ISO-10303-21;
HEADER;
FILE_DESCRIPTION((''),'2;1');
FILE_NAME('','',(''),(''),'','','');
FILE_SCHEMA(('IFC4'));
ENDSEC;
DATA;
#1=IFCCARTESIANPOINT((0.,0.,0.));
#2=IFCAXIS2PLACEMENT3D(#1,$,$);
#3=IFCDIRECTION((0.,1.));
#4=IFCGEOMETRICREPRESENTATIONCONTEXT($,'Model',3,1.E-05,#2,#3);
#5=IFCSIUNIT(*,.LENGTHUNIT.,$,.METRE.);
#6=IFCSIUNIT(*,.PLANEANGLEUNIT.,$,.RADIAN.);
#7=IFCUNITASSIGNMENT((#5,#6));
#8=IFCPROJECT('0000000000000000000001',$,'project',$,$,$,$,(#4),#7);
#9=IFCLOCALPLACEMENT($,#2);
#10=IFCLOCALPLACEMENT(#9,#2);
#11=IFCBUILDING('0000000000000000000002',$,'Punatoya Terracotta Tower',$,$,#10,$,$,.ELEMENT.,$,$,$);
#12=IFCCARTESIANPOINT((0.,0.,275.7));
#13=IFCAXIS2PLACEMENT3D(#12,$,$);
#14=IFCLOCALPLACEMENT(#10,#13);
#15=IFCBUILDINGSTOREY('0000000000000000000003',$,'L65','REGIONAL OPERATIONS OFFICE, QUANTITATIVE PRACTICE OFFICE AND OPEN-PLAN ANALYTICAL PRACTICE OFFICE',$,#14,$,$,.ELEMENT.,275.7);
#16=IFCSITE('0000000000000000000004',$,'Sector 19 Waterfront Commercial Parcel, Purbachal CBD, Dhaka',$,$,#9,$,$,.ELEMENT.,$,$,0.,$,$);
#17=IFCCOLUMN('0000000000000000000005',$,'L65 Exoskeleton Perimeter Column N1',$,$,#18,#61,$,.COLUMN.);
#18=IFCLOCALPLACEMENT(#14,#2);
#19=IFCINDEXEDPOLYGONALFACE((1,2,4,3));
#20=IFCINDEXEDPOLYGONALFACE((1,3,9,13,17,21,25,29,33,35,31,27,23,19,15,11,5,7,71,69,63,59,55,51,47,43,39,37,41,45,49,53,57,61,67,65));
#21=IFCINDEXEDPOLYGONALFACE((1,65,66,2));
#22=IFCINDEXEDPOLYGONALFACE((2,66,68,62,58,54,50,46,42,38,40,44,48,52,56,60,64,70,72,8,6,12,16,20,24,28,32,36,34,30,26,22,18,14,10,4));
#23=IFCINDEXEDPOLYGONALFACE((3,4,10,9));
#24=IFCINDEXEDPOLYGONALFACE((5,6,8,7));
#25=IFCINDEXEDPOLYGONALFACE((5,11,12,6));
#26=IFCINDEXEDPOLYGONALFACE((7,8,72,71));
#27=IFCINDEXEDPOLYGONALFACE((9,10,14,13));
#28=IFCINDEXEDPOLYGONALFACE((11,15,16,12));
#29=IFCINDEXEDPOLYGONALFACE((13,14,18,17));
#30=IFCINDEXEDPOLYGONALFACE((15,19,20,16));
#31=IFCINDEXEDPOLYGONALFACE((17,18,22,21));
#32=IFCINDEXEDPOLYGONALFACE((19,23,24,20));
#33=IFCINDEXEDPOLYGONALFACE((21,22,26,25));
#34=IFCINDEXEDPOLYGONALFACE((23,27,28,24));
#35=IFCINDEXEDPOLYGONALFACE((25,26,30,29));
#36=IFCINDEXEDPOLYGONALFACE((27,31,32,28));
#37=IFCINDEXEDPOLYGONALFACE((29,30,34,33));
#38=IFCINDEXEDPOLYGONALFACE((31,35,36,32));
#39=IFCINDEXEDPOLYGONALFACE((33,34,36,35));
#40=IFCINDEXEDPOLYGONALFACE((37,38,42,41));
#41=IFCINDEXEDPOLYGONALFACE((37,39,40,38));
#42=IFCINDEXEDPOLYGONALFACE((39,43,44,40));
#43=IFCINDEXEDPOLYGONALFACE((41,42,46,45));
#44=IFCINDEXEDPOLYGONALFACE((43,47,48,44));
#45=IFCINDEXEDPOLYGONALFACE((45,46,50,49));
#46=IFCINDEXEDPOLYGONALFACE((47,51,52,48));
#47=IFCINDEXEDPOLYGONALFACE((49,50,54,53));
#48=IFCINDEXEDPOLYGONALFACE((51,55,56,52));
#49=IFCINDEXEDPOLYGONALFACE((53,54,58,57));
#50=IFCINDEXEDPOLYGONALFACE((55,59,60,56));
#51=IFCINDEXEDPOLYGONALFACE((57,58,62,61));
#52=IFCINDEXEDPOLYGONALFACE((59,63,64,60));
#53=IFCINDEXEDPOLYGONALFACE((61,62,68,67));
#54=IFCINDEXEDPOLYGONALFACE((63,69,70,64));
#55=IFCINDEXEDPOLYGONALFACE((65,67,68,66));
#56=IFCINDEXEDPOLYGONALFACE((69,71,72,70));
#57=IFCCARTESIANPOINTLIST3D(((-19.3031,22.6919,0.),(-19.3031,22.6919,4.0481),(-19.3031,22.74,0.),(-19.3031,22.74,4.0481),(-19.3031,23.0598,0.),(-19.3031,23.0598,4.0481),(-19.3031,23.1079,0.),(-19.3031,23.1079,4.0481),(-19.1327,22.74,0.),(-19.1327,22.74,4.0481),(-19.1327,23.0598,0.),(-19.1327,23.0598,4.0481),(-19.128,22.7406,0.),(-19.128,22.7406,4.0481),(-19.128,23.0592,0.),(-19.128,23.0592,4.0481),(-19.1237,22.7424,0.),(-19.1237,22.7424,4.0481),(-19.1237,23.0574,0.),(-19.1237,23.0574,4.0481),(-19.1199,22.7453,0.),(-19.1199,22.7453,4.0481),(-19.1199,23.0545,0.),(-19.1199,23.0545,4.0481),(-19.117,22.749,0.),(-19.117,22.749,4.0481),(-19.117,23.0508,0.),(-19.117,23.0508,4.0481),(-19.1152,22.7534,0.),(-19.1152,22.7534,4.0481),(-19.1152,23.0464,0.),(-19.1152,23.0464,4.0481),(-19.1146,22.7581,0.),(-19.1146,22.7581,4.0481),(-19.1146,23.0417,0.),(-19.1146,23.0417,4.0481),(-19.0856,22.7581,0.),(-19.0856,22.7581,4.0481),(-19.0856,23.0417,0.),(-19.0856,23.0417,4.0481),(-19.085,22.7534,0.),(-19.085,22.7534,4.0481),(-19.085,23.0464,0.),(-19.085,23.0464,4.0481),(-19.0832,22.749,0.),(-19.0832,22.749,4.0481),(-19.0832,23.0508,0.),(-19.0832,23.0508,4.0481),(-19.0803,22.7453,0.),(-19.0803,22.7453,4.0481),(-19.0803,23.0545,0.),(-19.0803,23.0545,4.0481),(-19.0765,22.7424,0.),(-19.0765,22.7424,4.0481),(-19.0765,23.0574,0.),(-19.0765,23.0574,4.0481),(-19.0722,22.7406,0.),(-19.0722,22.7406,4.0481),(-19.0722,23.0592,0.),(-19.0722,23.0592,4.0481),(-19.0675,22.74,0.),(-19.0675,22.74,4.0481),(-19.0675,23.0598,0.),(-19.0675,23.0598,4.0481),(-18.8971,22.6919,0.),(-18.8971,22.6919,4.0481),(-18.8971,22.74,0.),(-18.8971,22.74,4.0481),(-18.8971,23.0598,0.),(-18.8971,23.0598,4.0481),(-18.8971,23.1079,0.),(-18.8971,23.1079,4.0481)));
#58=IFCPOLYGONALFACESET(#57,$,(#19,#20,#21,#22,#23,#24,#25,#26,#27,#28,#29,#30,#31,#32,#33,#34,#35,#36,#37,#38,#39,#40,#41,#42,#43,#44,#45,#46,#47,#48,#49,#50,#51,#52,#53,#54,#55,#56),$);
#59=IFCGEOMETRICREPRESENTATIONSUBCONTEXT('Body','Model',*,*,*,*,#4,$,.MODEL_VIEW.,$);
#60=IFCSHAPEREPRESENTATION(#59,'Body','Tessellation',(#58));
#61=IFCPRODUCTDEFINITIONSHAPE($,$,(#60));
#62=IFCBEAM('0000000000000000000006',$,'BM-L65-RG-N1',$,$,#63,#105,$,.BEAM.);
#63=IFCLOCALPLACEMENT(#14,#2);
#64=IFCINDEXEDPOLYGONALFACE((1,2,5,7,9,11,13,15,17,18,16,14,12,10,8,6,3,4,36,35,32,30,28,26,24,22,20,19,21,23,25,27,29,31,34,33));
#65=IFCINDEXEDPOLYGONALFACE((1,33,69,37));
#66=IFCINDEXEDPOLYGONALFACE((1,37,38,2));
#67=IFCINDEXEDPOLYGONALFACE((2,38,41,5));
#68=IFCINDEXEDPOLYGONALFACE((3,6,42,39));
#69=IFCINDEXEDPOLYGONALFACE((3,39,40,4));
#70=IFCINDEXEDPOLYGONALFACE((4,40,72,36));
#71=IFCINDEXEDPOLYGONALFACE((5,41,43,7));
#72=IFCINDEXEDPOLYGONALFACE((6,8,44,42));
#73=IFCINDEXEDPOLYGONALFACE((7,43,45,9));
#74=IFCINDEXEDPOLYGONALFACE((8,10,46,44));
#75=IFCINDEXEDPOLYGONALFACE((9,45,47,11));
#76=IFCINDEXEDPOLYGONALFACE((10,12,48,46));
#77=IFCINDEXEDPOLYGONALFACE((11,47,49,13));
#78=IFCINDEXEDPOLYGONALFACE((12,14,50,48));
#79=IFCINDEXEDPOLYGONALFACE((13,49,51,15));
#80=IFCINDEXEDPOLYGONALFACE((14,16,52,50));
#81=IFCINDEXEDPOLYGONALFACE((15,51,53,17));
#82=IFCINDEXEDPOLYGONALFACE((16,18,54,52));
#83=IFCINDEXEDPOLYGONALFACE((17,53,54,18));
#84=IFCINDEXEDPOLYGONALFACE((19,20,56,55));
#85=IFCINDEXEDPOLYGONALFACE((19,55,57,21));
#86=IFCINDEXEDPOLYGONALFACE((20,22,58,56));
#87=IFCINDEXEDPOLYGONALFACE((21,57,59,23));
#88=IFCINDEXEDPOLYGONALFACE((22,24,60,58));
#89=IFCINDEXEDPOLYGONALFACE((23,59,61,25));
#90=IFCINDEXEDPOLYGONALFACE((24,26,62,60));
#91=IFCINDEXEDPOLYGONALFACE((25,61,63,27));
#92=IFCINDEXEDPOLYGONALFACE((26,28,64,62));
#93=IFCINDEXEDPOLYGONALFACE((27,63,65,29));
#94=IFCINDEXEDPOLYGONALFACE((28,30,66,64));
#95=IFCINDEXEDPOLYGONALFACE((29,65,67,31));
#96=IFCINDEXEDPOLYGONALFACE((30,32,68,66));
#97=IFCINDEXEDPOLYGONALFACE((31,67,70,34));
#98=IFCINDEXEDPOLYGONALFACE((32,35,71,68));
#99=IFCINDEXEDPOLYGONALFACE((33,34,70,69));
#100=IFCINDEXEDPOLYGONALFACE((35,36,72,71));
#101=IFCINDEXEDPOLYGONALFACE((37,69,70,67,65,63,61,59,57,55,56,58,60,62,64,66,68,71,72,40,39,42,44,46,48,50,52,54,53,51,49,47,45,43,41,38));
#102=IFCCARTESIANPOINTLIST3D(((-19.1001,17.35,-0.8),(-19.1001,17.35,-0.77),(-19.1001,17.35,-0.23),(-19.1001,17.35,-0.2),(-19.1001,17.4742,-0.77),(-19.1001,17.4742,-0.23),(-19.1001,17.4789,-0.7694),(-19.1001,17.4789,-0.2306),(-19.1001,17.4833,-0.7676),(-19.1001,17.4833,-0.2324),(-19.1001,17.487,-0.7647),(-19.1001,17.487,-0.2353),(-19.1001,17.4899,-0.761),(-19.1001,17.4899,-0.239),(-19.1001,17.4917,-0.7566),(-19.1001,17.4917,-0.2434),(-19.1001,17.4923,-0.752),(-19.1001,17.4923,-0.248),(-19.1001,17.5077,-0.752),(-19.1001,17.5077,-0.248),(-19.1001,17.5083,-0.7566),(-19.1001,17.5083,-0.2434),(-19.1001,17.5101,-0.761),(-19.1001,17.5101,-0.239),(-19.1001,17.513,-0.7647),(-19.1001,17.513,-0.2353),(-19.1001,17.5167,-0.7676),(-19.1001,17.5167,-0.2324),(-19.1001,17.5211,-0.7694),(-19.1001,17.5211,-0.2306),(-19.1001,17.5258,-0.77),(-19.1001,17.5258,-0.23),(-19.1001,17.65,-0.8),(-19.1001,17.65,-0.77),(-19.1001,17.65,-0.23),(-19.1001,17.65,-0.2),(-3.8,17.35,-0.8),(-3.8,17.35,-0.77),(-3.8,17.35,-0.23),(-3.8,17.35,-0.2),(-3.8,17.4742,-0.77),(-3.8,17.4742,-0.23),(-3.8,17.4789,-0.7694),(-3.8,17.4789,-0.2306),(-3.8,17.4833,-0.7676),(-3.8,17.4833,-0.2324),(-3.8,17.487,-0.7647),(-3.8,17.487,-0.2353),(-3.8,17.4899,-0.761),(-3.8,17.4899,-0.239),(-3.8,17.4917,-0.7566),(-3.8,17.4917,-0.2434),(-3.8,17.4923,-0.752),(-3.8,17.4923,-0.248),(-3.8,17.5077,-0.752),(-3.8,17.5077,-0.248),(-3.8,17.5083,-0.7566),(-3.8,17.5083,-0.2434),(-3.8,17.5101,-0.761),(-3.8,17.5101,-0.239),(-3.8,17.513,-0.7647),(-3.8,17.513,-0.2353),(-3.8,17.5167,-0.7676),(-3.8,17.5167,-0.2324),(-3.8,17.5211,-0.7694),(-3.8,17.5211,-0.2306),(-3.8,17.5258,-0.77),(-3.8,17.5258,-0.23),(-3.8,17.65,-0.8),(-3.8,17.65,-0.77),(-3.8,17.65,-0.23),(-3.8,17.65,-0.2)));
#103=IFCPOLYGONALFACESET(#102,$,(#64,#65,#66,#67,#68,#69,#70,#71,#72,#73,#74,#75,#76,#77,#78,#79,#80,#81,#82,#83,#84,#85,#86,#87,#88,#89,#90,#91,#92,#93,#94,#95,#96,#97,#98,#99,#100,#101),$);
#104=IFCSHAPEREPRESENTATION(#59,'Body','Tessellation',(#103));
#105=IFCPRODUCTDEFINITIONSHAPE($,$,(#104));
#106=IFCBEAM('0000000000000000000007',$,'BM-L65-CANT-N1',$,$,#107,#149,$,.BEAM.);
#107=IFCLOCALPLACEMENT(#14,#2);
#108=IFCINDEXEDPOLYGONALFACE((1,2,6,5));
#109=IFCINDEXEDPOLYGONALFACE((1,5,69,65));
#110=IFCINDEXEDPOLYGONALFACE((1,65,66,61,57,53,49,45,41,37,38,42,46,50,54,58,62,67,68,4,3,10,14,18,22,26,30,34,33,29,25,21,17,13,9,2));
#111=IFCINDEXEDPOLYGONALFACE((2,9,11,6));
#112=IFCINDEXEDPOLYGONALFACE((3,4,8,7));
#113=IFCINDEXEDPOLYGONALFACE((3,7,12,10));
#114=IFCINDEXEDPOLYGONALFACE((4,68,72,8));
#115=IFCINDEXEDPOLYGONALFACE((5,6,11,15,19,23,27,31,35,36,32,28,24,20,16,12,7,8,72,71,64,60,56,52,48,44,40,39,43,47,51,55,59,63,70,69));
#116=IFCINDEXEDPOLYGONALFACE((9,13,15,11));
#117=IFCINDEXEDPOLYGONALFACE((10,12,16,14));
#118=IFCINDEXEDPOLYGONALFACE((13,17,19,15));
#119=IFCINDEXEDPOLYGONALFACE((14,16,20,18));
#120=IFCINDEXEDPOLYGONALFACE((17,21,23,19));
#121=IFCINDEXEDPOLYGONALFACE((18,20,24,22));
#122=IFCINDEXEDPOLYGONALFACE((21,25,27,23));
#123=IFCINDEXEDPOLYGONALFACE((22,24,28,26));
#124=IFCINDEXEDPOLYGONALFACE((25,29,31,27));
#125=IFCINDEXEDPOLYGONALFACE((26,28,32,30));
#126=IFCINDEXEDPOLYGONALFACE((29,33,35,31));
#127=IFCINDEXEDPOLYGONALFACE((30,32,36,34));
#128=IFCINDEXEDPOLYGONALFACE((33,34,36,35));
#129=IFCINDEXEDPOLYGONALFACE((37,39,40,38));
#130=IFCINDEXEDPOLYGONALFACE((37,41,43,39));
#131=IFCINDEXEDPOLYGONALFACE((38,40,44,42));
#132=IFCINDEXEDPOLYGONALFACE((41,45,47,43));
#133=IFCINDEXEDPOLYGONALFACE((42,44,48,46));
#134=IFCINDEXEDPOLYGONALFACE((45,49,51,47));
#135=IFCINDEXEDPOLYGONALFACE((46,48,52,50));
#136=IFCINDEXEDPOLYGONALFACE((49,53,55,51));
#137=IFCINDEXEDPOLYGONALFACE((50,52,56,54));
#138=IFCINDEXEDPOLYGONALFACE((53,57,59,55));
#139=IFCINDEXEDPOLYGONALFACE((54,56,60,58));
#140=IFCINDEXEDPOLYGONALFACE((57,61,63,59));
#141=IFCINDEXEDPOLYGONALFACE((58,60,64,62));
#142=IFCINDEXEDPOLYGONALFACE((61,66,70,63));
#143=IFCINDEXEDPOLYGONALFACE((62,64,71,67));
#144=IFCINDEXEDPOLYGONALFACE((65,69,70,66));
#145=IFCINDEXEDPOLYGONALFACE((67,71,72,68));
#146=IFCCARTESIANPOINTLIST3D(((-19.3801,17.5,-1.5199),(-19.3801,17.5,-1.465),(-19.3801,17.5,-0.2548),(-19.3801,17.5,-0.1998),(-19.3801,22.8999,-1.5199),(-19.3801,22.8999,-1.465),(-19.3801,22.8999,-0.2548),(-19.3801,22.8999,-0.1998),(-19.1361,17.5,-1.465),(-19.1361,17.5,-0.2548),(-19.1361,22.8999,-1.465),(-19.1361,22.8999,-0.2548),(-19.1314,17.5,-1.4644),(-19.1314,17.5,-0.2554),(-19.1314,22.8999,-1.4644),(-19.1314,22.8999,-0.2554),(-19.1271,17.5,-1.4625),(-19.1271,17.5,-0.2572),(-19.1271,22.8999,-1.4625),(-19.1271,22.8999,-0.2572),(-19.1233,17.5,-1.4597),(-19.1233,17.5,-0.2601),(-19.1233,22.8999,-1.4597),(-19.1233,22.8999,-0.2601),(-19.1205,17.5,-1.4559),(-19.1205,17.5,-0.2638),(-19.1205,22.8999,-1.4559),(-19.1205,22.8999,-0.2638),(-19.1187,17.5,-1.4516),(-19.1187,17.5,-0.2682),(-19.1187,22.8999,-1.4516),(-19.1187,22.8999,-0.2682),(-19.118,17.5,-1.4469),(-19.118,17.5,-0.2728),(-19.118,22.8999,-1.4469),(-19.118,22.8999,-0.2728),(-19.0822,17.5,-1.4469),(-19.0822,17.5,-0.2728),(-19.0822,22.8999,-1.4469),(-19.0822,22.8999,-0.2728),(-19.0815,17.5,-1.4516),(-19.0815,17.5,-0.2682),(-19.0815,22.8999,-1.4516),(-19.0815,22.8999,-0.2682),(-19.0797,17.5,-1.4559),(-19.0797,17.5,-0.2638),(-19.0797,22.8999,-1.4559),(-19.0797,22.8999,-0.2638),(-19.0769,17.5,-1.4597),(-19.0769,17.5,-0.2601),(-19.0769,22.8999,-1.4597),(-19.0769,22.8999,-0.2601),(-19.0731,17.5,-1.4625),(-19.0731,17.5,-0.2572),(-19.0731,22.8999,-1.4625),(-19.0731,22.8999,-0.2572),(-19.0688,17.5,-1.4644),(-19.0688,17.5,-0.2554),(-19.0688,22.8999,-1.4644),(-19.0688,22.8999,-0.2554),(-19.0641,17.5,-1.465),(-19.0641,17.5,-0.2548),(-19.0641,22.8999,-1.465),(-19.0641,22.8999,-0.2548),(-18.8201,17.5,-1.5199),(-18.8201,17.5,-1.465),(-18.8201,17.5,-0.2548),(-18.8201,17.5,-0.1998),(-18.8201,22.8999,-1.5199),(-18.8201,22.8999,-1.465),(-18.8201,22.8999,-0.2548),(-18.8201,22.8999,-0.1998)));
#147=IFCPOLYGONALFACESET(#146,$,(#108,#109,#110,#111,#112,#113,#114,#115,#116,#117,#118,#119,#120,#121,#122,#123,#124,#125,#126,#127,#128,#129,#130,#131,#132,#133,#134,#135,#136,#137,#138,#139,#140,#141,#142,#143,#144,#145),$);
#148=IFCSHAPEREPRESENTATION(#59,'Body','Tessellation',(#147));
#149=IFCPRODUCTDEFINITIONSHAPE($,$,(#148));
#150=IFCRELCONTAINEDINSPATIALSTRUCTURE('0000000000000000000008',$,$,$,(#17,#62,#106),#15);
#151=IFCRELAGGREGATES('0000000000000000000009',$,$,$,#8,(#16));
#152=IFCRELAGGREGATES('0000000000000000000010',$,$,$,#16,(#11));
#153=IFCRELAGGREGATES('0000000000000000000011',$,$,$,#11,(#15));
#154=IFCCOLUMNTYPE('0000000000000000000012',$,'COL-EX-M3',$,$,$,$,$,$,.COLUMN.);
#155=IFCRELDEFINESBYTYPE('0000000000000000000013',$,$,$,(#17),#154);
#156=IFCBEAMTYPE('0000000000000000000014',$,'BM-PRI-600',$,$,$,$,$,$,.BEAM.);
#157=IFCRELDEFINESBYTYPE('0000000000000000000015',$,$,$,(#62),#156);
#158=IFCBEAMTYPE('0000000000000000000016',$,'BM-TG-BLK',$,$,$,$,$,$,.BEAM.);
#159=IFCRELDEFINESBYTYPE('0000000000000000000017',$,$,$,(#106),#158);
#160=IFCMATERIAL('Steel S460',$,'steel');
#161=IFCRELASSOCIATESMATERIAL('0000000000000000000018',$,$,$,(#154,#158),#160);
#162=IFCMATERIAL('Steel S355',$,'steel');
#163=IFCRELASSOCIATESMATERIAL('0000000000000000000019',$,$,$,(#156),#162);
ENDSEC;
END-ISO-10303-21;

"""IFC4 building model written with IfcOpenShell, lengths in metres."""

from ifc_helpers import new_model, si_unit, direction, frame, origin, origin_2d, place, context, subcontext, project, spatial, i_section, extrude, material, material_profile, profile_set, type_object, element, save


model = new_model("IFC4")

# Units and contexts
model_context = context("Model", 3, precision=1e-05, world=origin(), true_north=direction((0.0, 1.0)))
body_context = subcontext(model_context, "Body", "Model", "MODEL_VIEW")
ifc_project = project(units=[si_unit("LENGTHUNIT", "METRE"), si_unit("PLANEANGLEUNIT", "RADIAN")], contexts=[model_context])

# Site, building, storey
site_placement = place(None, origin())
site = spatial("IfcSite", under=ifc_project, at=site_placement, Name="Sector 19 Waterfront Commercial Parcel, Purbachal CBD, Dhaka", CompositionType="ELEMENT", RefElevation=0.0)
building_placement = place(site_placement, origin())
building = spatial("IfcBuilding", under=site, at=building_placement, Name="Punatoya Terracotta Tower", CompositionType="ELEMENT")
storey_placement = place(building_placement, frame((0.0, 0.0, 275.7)))
storey = spatial("IfcBuildingStorey", under=building, at=storey_placement, Name="L65", Description="REGIONAL OPERATIONS OFFICE, QUANTITATIVE PRACTICE OFFICE AND OPEN-PLAN ANALYTICAL PRACTICE OFFICE", CompositionType="ELEMENT", Elevation=275.7)

# Column
ifc_material_1 = material(Name="Steel S460", Category="steel")
ifc_material_profile_1 = material_profile(ifc_material_1, i_section(OverallWidth=0.406, OverallDepth=0.416, WebThickness=0.0291, FlangeThickness=0.0481, FilletRadius=0.0181, at=origin_2d()))
ifc_profile_set_1 = profile_set([ifc_material_profile_1], Name="Steel S460")
column_type = type_object("IfcColumnType", Name="COL-EX-M3", PredefinedType="COLUMN", material=ifc_profile_set_1)
column_placement = place(storey_placement, frame((-19.1001, 22.8999, 0.0), z_axis=(0.0, 0.0, 1.0), x_axis=(1.0, 0.0, 0.0)))
element("IfcColumn", 1, at=column_placement, inside=storey, type_object=column_type, Name="L65 Exoskeleton Perimeter Column N1", PredefinedType="COLUMN", context=body_context, shape_type="SweptSolid", body=[
    extrude(i_section(OverallWidth=0.406, OverallDepth=0.416, WebThickness=0.0291, FlangeThickness=0.0481, FilletRadius=0.0181, at=origin_2d()), origin(), (0.0, 0.0, 1.0), 4.0481),
])

# Beams
ifc_material_2 = material(Name="Steel S355", Category="steel")
ifc_material_profile_2 = material_profile(ifc_material_2, i_section(OverallWidth=0.3, OverallDepth=0.6001, WebThickness=0.0154, FlangeThickness=0.03, FilletRadius=0.0181, at=origin_2d()))
ifc_profile_set_2 = profile_set([ifc_material_profile_2], Name="Steel S355")
beam_type_1 = type_object("IfcBeamType", Name="BM-PRI-600", PredefinedType="BEAM", material=ifc_profile_set_2)
beam_1_placement = place(storey_placement, frame((-19.1001, 17.5, -0.5), z_axis=(1.0, 0.0, 0.0), x_axis=(0.0, 1.0, 0.0)))
element("IfcBeam", 2, at=beam_1_placement, inside=storey, type_object=beam_type_1, Name="BM-L65-RG-N1", PredefinedType="BEAM", context=body_context, shape_type="SweptSolid", body=[
    extrude(i_section(OverallWidth=0.3, OverallDepth=0.6001, WebThickness=0.0154, FlangeThickness=0.03, FilletRadius=0.0181, at=origin_2d()), origin(), (0.0, 0.0, 1.0), 15.3),
])
ifc_material_profile_3 = material_profile(ifc_material_1, i_section(OverallWidth=0.5601, OverallDepth=1.3201, WebThickness=0.0359, FlangeThickness=0.0549, FilletRadius=0.0181, at=origin_2d()))
ifc_profile_set_3 = profile_set([ifc_material_profile_3], Name="Steel S460")
beam_type_2 = type_object("IfcBeamType", Name="BM-TG-BLK", PredefinedType="BEAM", material=ifc_profile_set_3)
beam_2_placement = place(storey_placement, frame((-19.1001, 17.5, -0.8599), z_axis=(0.0, 1.0, 0.0), x_axis=(-1.0, 0.0, 0.0)))
element("IfcBeam", 3, at=beam_2_placement, inside=storey, type_object=beam_type_2, Name="BM-L65-CANT-N1", PredefinedType="BEAM", context=body_context, shape_type="SweptSolid", body=[
    extrude(i_section(OverallWidth=0.5601, OverallDepth=1.3201, WebThickness=0.0359, FlangeThickness=0.0549, FilletRadius=0.0181, at=origin_2d()), origin(), (0.0, 0.0, 1.0), 5.3999),
])

save(model, "model.ifc")
